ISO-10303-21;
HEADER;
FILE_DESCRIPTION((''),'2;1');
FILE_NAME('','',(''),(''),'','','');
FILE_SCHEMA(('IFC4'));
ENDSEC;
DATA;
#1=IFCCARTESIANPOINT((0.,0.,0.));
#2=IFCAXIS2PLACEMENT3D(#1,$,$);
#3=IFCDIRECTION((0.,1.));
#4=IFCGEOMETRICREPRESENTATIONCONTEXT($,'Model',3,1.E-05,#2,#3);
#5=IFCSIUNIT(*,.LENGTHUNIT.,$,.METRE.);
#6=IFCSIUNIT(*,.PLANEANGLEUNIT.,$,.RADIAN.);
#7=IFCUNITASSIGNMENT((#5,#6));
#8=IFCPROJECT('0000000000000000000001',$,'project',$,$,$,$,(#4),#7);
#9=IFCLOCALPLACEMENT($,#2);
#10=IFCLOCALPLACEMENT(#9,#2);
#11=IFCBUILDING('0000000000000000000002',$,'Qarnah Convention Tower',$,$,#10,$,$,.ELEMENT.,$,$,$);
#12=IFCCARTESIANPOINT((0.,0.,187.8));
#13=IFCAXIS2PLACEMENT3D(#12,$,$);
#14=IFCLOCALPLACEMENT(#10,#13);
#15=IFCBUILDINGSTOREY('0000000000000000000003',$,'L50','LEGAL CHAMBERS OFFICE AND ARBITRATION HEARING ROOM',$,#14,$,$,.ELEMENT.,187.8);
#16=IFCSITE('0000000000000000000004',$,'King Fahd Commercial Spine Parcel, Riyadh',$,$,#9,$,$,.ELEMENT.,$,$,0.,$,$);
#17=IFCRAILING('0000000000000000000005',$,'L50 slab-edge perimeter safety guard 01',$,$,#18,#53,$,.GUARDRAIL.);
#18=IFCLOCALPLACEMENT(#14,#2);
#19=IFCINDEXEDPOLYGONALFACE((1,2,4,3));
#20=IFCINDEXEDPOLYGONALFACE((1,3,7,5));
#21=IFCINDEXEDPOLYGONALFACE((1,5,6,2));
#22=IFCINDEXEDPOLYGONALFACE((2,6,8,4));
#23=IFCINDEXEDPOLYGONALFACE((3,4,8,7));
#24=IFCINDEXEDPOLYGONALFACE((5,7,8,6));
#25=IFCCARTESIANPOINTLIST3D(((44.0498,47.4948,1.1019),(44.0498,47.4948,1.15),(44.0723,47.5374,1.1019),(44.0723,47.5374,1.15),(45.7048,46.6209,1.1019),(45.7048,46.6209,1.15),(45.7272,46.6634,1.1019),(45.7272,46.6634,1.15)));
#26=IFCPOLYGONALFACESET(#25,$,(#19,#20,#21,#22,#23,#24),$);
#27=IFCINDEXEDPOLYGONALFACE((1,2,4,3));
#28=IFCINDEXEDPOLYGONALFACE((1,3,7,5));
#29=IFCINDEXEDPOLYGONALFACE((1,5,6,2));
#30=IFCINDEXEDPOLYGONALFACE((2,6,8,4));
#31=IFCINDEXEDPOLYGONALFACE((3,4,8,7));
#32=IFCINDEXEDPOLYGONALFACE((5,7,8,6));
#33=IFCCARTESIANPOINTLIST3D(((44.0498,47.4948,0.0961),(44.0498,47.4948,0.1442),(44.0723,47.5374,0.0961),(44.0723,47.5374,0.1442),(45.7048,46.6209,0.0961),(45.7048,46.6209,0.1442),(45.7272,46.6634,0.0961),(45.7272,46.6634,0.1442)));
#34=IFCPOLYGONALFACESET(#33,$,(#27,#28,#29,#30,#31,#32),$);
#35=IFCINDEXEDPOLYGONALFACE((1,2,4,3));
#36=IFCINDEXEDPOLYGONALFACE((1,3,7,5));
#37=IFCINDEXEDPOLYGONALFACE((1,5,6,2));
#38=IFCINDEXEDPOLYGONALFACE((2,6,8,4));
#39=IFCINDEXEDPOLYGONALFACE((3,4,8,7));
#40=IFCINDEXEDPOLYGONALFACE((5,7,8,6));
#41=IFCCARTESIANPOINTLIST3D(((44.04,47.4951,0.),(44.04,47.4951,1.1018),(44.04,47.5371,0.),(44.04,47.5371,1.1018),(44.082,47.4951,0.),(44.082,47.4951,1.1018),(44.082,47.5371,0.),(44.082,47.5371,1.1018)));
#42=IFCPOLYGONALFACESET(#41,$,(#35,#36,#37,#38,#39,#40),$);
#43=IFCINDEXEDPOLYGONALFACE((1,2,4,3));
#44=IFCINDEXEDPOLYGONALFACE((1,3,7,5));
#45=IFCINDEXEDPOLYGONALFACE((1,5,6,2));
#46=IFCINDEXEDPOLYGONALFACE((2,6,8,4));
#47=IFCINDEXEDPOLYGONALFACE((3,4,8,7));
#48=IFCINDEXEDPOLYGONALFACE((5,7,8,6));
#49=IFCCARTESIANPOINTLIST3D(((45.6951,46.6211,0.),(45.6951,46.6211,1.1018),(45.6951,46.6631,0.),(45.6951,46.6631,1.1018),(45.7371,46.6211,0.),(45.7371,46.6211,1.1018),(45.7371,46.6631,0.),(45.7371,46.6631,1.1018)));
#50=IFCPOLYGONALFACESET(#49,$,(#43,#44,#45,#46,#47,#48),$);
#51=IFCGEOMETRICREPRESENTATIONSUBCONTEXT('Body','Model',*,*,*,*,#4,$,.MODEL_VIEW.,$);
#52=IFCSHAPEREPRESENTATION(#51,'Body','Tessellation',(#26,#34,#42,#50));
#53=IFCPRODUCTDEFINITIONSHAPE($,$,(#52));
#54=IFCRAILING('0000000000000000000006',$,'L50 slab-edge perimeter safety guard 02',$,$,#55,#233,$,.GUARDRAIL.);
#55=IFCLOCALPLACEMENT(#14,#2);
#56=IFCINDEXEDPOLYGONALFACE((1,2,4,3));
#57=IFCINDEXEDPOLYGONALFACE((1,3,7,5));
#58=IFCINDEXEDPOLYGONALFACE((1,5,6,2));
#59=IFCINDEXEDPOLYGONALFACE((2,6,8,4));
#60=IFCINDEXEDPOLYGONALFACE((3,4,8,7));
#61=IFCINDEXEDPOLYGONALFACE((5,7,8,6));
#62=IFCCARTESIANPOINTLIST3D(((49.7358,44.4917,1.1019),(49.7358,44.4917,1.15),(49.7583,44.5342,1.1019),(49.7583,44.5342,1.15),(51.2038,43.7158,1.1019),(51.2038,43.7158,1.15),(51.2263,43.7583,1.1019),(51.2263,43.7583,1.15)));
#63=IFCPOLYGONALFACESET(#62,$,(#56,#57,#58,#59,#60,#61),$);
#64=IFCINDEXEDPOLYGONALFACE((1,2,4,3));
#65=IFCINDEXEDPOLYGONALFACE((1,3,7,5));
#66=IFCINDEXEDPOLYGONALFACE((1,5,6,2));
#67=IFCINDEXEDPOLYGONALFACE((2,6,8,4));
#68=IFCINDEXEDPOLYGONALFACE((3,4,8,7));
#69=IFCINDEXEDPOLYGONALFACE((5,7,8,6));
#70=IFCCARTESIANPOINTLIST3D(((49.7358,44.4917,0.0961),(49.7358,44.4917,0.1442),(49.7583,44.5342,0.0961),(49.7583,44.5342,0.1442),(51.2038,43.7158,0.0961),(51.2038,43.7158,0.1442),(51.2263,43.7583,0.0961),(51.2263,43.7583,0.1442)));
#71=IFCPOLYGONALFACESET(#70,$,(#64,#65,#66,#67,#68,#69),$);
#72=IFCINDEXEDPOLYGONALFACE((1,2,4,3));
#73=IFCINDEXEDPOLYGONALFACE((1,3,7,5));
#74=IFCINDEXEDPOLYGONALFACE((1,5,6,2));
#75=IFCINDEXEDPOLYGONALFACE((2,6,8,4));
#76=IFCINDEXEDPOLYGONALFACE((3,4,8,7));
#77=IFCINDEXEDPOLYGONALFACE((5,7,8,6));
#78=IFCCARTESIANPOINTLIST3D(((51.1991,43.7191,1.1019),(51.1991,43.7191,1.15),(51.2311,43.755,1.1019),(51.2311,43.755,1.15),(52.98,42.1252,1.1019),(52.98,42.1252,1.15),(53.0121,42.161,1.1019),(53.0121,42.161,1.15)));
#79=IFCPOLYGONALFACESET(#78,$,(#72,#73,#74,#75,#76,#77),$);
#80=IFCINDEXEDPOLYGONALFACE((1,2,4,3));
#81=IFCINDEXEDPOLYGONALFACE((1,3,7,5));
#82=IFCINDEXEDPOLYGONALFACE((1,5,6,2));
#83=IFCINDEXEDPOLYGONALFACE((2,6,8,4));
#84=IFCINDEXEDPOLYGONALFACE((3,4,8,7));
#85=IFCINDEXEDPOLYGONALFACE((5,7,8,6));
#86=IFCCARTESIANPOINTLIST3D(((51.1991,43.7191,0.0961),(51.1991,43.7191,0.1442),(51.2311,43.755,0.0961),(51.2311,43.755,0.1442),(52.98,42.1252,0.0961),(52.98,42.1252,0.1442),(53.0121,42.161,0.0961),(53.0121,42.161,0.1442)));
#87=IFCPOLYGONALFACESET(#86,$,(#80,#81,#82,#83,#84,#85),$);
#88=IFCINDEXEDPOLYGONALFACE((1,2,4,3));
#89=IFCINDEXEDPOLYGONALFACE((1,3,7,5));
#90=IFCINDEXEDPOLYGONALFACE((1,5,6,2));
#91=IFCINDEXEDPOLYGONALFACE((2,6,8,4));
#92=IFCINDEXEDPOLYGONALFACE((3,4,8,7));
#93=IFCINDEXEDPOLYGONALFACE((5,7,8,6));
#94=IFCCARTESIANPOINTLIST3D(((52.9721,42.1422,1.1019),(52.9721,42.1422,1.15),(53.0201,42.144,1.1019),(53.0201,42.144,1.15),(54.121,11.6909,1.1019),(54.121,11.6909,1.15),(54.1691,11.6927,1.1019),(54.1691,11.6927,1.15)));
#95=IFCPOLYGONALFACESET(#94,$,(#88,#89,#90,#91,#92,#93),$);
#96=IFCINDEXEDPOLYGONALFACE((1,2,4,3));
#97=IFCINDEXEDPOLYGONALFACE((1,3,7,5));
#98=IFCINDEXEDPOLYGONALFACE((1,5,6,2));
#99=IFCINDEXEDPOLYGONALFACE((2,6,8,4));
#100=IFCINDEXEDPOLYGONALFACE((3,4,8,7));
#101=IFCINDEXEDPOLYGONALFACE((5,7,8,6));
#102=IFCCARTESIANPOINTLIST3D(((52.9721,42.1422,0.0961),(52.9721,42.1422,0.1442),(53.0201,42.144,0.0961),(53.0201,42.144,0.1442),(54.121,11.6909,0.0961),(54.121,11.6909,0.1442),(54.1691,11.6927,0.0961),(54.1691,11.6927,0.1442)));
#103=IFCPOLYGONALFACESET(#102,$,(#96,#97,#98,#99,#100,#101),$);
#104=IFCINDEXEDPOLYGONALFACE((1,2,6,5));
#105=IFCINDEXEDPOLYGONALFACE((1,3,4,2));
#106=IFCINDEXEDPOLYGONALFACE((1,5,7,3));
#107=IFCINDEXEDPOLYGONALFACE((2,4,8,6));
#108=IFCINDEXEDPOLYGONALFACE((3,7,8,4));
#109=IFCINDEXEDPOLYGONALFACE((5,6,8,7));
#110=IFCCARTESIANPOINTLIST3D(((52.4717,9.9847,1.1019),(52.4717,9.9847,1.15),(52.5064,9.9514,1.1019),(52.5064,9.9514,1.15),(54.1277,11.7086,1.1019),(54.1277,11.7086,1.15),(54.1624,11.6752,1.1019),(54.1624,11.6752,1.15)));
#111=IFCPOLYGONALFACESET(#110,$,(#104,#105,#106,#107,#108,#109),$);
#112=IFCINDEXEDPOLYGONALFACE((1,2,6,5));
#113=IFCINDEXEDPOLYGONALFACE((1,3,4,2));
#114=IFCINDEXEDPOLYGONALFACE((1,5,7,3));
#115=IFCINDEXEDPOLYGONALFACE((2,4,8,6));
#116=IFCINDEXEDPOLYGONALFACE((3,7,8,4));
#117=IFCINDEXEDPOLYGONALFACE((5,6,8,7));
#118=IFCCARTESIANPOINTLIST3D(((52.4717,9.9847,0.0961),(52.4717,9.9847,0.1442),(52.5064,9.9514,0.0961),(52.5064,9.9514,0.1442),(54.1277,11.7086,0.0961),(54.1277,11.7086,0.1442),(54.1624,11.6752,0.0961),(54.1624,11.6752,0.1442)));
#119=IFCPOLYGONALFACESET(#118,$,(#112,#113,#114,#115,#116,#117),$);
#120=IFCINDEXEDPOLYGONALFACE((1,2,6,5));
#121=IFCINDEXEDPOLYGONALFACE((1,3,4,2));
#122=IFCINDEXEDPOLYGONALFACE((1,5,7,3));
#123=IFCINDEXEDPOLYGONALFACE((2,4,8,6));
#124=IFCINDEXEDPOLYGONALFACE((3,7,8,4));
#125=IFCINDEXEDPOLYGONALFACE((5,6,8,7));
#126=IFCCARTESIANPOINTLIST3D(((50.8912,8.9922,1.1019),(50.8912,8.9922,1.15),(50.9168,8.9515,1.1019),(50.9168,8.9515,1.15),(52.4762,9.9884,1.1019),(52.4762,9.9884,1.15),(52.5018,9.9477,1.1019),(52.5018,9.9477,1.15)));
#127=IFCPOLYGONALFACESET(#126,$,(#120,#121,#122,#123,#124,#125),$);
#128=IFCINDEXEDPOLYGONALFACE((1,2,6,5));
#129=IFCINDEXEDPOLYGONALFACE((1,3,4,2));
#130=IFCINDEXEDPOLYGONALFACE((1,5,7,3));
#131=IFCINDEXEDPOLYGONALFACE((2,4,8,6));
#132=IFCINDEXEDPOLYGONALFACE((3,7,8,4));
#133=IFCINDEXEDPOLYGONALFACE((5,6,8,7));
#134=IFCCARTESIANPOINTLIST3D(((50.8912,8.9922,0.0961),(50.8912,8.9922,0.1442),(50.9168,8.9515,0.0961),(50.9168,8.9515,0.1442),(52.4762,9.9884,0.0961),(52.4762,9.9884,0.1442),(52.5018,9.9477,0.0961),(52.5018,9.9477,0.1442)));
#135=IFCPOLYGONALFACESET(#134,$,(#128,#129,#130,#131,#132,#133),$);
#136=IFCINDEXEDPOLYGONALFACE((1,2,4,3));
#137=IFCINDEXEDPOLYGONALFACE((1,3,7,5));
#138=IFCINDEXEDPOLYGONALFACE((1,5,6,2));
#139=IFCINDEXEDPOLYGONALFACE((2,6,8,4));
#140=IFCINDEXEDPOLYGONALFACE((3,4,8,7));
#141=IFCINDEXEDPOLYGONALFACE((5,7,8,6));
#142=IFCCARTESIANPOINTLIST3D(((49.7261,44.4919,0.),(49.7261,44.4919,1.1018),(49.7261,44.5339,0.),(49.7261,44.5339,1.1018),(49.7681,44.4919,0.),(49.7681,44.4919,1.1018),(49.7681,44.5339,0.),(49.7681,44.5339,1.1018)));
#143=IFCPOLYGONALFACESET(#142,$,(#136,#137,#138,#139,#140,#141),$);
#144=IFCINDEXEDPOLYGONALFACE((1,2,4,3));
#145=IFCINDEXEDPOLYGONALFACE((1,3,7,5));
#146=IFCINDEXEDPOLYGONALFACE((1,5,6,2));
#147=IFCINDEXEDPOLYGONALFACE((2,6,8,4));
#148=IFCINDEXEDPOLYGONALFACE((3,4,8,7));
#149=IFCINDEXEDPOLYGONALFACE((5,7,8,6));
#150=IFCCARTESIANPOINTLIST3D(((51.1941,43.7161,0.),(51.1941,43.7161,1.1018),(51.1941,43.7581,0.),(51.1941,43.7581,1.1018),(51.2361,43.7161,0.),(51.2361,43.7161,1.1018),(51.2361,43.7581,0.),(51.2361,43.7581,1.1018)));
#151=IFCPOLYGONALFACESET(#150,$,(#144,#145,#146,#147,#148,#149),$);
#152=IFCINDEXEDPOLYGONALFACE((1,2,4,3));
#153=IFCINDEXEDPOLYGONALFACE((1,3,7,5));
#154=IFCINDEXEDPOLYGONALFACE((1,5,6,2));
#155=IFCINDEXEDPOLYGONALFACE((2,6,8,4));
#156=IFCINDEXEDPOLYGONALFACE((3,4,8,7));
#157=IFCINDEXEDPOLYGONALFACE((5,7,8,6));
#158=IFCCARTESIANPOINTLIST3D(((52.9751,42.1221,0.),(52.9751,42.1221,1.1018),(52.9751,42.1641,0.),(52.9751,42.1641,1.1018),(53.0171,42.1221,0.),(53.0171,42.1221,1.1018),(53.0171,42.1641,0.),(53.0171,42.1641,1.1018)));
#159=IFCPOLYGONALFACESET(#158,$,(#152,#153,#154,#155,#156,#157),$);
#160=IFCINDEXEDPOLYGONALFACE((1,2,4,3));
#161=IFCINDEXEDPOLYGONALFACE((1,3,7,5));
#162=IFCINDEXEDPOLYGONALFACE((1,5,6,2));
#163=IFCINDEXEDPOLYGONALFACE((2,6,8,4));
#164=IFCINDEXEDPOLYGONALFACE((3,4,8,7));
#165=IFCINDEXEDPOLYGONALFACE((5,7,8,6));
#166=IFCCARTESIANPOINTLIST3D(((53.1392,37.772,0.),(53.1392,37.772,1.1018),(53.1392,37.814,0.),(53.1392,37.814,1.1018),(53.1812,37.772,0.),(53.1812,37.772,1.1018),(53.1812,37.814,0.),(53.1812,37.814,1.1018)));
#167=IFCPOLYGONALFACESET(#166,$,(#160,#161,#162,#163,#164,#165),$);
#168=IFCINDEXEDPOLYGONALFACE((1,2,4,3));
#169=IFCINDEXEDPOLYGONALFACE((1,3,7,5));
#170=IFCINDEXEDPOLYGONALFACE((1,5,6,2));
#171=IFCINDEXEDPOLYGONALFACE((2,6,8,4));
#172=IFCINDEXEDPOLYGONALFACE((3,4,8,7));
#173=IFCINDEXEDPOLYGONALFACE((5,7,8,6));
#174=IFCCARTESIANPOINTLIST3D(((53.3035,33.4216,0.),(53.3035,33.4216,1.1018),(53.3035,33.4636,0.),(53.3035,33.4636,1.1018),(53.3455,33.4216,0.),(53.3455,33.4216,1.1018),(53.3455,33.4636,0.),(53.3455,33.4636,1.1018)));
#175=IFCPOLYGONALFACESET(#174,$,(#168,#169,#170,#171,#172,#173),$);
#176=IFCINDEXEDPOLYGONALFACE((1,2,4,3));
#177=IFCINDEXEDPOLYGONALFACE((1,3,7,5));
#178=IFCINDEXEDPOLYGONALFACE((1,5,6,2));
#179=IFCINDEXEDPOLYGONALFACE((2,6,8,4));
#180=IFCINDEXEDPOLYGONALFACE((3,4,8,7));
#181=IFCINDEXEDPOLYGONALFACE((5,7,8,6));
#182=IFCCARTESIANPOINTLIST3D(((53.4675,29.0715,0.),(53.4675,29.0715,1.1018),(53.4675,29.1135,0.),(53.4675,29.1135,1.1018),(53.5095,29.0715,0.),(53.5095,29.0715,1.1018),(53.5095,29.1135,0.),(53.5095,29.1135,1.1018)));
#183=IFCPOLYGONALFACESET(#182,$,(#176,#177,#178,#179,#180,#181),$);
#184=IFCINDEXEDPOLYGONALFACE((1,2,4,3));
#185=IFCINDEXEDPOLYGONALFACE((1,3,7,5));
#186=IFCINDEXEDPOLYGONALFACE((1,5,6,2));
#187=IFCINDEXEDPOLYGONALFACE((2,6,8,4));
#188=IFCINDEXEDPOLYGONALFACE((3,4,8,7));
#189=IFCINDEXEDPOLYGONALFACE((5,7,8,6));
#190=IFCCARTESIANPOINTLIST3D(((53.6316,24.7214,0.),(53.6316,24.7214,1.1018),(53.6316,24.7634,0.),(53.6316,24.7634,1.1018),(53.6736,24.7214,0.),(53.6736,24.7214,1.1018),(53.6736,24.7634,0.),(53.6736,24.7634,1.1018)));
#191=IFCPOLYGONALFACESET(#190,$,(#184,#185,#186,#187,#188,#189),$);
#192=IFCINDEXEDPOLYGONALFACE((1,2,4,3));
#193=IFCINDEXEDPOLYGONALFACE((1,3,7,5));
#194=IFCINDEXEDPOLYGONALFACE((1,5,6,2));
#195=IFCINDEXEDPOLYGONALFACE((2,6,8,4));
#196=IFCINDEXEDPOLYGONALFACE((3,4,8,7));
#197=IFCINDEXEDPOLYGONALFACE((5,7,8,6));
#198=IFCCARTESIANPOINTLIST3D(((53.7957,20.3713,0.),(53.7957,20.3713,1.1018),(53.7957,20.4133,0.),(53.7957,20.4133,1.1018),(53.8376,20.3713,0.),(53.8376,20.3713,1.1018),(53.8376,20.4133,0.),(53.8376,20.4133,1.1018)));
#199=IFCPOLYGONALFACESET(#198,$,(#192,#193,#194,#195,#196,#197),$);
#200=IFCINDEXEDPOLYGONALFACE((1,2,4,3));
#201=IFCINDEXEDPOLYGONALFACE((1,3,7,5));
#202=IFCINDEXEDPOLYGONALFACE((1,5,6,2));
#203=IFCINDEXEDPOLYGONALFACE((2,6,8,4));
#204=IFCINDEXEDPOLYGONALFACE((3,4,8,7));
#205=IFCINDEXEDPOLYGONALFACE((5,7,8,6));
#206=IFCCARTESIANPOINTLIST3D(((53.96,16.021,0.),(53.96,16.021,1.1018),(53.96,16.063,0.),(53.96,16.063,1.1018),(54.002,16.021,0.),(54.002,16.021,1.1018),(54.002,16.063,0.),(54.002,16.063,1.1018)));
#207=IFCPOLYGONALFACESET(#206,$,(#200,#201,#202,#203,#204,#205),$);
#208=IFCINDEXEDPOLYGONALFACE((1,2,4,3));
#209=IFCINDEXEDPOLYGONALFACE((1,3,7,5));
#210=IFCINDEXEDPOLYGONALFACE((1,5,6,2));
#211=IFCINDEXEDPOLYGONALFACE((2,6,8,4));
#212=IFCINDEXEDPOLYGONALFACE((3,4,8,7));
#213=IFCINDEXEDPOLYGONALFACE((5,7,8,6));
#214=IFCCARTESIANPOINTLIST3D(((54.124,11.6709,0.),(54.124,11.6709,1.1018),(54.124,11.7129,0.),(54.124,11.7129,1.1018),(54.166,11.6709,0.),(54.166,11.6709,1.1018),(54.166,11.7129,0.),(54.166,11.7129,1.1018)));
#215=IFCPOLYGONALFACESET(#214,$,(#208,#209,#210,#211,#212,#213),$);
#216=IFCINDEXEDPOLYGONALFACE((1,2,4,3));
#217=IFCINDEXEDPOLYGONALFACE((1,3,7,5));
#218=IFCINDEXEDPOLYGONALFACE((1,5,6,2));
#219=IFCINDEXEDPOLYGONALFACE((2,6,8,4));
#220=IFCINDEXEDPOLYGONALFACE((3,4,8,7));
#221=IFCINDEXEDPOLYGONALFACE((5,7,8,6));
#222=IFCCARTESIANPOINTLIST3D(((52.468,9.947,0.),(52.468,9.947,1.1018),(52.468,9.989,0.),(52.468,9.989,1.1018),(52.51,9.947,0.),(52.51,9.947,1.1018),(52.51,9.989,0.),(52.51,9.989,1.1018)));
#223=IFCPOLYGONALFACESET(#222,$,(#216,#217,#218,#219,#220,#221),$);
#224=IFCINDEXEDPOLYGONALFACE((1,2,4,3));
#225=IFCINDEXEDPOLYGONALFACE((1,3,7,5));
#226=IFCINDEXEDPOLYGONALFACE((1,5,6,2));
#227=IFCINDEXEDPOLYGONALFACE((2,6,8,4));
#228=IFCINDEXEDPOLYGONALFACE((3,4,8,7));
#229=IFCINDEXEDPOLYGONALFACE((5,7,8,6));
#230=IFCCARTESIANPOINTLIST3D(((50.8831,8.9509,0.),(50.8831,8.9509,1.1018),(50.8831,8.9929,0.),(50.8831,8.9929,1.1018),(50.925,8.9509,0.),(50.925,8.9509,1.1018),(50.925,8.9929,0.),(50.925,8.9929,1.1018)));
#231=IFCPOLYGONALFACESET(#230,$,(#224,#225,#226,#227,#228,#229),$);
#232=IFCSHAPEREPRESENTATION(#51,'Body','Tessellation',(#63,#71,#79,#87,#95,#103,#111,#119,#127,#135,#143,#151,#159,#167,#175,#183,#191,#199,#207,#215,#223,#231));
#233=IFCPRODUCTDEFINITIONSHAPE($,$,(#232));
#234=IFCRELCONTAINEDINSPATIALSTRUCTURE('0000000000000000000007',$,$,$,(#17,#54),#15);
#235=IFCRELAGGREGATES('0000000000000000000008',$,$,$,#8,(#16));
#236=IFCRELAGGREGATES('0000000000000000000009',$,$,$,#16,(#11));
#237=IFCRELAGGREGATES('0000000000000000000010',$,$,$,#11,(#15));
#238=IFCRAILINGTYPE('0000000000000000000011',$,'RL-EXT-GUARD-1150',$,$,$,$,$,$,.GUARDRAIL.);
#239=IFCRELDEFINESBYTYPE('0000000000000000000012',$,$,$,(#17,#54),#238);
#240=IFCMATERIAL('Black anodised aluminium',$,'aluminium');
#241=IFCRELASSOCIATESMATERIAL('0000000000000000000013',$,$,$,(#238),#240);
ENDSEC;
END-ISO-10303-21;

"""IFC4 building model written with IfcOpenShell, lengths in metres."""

from ifc_helpers import new_model, si_unit, direction, frame, origin, origin_2d, place, context, subcontext, project, spatial, rectangle, extrude, material, type_object, element, save


model = new_model("IFC4")

# Units and contexts
model_context = context("Model", 3, precision=1e-05, world=origin(), true_north=direction((0.0, 1.0)))
body_context = subcontext(model_context, "Body", "Model", "MODEL_VIEW")
ifc_project = project(units=[si_unit("LENGTHUNIT", "METRE"), si_unit("PLANEANGLEUNIT", "RADIAN")], contexts=[model_context])

# Site, building, storey
site_placement = place(None, origin())
site = spatial("IfcSite", under=ifc_project, at=site_placement, Name="King Fahd Commercial Spine Parcel, Riyadh", CompositionType="ELEMENT", RefElevation=0.0)
building_placement = place(site_placement, origin())
building = spatial("IfcBuilding", under=site, at=building_placement, Name="Qarnah Convention Tower", CompositionType="ELEMENT")
storey_placement = place(building_placement, frame((0.0, 0.0, 187.8)))
storey = spatial("IfcBuildingStorey", under=building, at=storey_placement, Name="L50", Description="LEGAL CHAMBERS OFFICE AND ARBITRATION HEARING ROOM", CompositionType="ELEMENT", Elevation=187.8)

# Shared definitions
ifc_material_1 = material(Name="Black anodised aluminium", Category="aluminium")

# Railings
railing_type = type_object("IfcRailingType", Name="RL-EXT-GUARD-1150", PredefinedType="GUARDRAIL", material=ifc_material_1)
railing_1_placement = place(storey_placement, frame((44.061, 47.5161, 0.0)))
element("IfcRailing", 1, at=railing_1_placement, inside=storey, type_object=railing_type, Name="L50 slab-edge perimeter safety guard 01", PredefinedType="GUARDRAIL", context=body_context, shape_type="SweptSolid", body=[
    extrude(rectangle(XDim=0.0481, YDim=0.0481, at=origin_2d()), frame((0.0, 0.0, 1.126), z_axis=(0.884267, -0.466982, 0.0), x_axis=(0.466982, 0.884267, 0.0)), (0.0, 0.0, 1.0), 1.8716),
    extrude(rectangle(XDim=0.0481, YDim=0.0481, at=origin_2d()), frame((0.0, 0.0, 0.1201), z_axis=(0.884267, -0.466982, 0.0), x_axis=(0.466982, 0.884267, 0.0)), (0.0, 0.0, 1.0), 1.8716),
    extrude(rectangle(XDim=0.042, YDim=0.042, at=origin_2d()), origin(), (0.0, 0.0, 1.0), 1.1018),
    extrude(rectangle(XDim=0.042, YDim=0.042, at=origin_2d()), frame((1.655, -0.874, 0.0)), (0.0, 0.0, 1.0), 1.1018),
])
railing_2_placement = place(storey_placement, frame((49.7471, 44.5129, 0.0)))
element("IfcRailing", 2, at=railing_2_placement, inside=storey, type_object=railing_type, Name="L50 slab-edge perimeter safety guard 02", PredefinedType="GUARDRAIL", context=body_context, shape_type="SweptSolid", body=[
    extrude(rectangle(XDim=0.0481, YDim=0.0481, at=origin_2d()), frame((0.0, 0.0, 1.126), z_axis=(0.884113, -0.467273, 0.0), x_axis=(0.467273, 0.884113, 0.0)), (0.0, 0.0, 1.0), 1.6604),
    extrude(rectangle(XDim=0.0481, YDim=0.0481, at=origin_2d()), frame((0.0, 0.0, 0.1201), z_axis=(0.884113, -0.467273, 0.0), x_axis=(0.467273, 0.884113, 0.0)), (0.0, 0.0, 1.0), 1.6604),
    extrude(rectangle(XDim=0.0481, YDim=0.0481, at=origin_2d()), frame((1.468, -0.7759, 1.126), z_axis=(0.745145, -0.666902, 0.0), x_axis=(0.666902, 0.745145, 0.0)), (0.0, 0.0, 1.0), 2.3901),
    extrude(rectangle(XDim=0.0481, YDim=0.0481, at=origin_2d()), frame((1.468, -0.7759, 0.1201), z_axis=(0.745145, -0.666902, 0.0), x_axis=(0.666902, 0.745145, 0.0)), (0.0, 0.0, 1.0), 2.3901),
    extrude(rectangle(XDim=0.0481, YDim=0.0481, at=origin_2d()), frame((3.249, -2.3699, 1.126), z_axis=(0.037703, -0.999289, 0.0), x_axis=(0.999289, 0.037703, 0.0)), (0.0, 0.0, 1.0), 30.4729),
    extrude(rectangle(XDim=0.0481, YDim=0.0481, at=origin_2d()), frame((3.249, -2.3699, 0.1201), z_axis=(0.037703, -0.999289, 0.0), x_axis=(0.999289, 0.037703, 0.0)), (0.0, 0.0, 1.0), 30.4729),
    extrude(rectangle(XDim=0.0481, YDim=0.0481, at=origin_2d()), frame((4.3979, -32.821, 1.126), z_axis=(-0.692768, -0.721161, 0.0), x_axis=(0.721161, -0.692768, 0.0)), (0.0, 0.0, 1.0), 2.3904),
    extrude(rectangle(XDim=0.0481, YDim=0.0481, at=origin_2d()), frame((4.3979, -32.821, 0.1201), z_axis=(-0.692768, -0.721161, 0.0), x_axis=(0.721161, -0.692768, 0.0)), (0.0, 0.0, 1.0), 2.3904),
    extrude(rectangle(XDim=0.0481, YDim=0.0481, at=origin_2d()), frame((2.7419, -34.5449, 1.126), z_axis=(-0.846677, -0.532107, 0.0), x_axis=(0.532107, -0.846677, 0.0)), (0.0, 0.0, 1.0), 1.8721),
    extrude(rectangle(XDim=0.0481, YDim=0.0481, at=origin_2d()), frame((2.7419, -34.5449, 0.1201), z_axis=(-0.846677, -0.532107, 0.0), x_axis=(0.532107, -0.846677, 0.0)), (0.0, 0.0, 1.0), 1.8721),
    extrude(rectangle(XDim=0.042, YDim=0.042, at=origin_2d()), origin(), (0.0, 0.0, 1.0), 1.1018),
    extrude(rectangle(XDim=0.042, YDim=0.042, at=origin_2d()), frame((1.468, -0.7759, 0.0)), (0.0, 0.0, 1.0), 1.1018),
    extrude(rectangle(XDim=0.042, YDim=0.042, at=origin_2d()), frame((3.249, -2.3699, 0.0)), (0.0, 0.0, 1.0), 1.1018),
    extrude(rectangle(XDim=0.042, YDim=0.042, at=origin_2d()), frame((3.4131, -6.72, 0.0)), (0.0, 0.0, 1.0), 1.1018),
    extrude(rectangle(XDim=0.042, YDim=0.042, at=origin_2d()), frame((3.5774, -11.0703, 0.0)), (0.0, 0.0, 1.0), 1.1018),
    extrude(rectangle(XDim=0.042, YDim=0.042, at=origin_2d()), frame((3.7415, -15.4204, 0.0)), (0.0, 0.0, 1.0), 1.1018),
    extrude(rectangle(XDim=0.042, YDim=0.042, at=origin_2d()), frame((3.9055, -19.7705, 0.0)), (0.0, 0.0, 1.0), 1.1018),
    extrude(rectangle(XDim=0.042, YDim=0.042, at=origin_2d()), frame((4.0696, -24.1206, 0.0)), (0.0, 0.0, 1.0), 1.1018),
    extrude(rectangle(XDim=0.042, YDim=0.042, at=origin_2d()), frame((4.2339, -28.4709, 0.0)), (0.0, 0.0, 1.0), 1.1018),
    extrude(rectangle(XDim=0.042, YDim=0.042, at=origin_2d()), frame((4.3979, -32.821, 0.0)), (0.0, 0.0, 1.0), 1.1018),
    extrude(rectangle(XDim=0.042, YDim=0.042, at=origin_2d()), frame((2.7419, -34.5449, 0.0)), (0.0, 0.0, 1.0), 1.1018),
    extrude(rectangle(XDim=0.042, YDim=0.042, at=origin_2d()), frame((1.157, -35.541, 0.0)), (0.0, 0.0, 1.0), 1.1018),
])

save(model, "model.ifc")
